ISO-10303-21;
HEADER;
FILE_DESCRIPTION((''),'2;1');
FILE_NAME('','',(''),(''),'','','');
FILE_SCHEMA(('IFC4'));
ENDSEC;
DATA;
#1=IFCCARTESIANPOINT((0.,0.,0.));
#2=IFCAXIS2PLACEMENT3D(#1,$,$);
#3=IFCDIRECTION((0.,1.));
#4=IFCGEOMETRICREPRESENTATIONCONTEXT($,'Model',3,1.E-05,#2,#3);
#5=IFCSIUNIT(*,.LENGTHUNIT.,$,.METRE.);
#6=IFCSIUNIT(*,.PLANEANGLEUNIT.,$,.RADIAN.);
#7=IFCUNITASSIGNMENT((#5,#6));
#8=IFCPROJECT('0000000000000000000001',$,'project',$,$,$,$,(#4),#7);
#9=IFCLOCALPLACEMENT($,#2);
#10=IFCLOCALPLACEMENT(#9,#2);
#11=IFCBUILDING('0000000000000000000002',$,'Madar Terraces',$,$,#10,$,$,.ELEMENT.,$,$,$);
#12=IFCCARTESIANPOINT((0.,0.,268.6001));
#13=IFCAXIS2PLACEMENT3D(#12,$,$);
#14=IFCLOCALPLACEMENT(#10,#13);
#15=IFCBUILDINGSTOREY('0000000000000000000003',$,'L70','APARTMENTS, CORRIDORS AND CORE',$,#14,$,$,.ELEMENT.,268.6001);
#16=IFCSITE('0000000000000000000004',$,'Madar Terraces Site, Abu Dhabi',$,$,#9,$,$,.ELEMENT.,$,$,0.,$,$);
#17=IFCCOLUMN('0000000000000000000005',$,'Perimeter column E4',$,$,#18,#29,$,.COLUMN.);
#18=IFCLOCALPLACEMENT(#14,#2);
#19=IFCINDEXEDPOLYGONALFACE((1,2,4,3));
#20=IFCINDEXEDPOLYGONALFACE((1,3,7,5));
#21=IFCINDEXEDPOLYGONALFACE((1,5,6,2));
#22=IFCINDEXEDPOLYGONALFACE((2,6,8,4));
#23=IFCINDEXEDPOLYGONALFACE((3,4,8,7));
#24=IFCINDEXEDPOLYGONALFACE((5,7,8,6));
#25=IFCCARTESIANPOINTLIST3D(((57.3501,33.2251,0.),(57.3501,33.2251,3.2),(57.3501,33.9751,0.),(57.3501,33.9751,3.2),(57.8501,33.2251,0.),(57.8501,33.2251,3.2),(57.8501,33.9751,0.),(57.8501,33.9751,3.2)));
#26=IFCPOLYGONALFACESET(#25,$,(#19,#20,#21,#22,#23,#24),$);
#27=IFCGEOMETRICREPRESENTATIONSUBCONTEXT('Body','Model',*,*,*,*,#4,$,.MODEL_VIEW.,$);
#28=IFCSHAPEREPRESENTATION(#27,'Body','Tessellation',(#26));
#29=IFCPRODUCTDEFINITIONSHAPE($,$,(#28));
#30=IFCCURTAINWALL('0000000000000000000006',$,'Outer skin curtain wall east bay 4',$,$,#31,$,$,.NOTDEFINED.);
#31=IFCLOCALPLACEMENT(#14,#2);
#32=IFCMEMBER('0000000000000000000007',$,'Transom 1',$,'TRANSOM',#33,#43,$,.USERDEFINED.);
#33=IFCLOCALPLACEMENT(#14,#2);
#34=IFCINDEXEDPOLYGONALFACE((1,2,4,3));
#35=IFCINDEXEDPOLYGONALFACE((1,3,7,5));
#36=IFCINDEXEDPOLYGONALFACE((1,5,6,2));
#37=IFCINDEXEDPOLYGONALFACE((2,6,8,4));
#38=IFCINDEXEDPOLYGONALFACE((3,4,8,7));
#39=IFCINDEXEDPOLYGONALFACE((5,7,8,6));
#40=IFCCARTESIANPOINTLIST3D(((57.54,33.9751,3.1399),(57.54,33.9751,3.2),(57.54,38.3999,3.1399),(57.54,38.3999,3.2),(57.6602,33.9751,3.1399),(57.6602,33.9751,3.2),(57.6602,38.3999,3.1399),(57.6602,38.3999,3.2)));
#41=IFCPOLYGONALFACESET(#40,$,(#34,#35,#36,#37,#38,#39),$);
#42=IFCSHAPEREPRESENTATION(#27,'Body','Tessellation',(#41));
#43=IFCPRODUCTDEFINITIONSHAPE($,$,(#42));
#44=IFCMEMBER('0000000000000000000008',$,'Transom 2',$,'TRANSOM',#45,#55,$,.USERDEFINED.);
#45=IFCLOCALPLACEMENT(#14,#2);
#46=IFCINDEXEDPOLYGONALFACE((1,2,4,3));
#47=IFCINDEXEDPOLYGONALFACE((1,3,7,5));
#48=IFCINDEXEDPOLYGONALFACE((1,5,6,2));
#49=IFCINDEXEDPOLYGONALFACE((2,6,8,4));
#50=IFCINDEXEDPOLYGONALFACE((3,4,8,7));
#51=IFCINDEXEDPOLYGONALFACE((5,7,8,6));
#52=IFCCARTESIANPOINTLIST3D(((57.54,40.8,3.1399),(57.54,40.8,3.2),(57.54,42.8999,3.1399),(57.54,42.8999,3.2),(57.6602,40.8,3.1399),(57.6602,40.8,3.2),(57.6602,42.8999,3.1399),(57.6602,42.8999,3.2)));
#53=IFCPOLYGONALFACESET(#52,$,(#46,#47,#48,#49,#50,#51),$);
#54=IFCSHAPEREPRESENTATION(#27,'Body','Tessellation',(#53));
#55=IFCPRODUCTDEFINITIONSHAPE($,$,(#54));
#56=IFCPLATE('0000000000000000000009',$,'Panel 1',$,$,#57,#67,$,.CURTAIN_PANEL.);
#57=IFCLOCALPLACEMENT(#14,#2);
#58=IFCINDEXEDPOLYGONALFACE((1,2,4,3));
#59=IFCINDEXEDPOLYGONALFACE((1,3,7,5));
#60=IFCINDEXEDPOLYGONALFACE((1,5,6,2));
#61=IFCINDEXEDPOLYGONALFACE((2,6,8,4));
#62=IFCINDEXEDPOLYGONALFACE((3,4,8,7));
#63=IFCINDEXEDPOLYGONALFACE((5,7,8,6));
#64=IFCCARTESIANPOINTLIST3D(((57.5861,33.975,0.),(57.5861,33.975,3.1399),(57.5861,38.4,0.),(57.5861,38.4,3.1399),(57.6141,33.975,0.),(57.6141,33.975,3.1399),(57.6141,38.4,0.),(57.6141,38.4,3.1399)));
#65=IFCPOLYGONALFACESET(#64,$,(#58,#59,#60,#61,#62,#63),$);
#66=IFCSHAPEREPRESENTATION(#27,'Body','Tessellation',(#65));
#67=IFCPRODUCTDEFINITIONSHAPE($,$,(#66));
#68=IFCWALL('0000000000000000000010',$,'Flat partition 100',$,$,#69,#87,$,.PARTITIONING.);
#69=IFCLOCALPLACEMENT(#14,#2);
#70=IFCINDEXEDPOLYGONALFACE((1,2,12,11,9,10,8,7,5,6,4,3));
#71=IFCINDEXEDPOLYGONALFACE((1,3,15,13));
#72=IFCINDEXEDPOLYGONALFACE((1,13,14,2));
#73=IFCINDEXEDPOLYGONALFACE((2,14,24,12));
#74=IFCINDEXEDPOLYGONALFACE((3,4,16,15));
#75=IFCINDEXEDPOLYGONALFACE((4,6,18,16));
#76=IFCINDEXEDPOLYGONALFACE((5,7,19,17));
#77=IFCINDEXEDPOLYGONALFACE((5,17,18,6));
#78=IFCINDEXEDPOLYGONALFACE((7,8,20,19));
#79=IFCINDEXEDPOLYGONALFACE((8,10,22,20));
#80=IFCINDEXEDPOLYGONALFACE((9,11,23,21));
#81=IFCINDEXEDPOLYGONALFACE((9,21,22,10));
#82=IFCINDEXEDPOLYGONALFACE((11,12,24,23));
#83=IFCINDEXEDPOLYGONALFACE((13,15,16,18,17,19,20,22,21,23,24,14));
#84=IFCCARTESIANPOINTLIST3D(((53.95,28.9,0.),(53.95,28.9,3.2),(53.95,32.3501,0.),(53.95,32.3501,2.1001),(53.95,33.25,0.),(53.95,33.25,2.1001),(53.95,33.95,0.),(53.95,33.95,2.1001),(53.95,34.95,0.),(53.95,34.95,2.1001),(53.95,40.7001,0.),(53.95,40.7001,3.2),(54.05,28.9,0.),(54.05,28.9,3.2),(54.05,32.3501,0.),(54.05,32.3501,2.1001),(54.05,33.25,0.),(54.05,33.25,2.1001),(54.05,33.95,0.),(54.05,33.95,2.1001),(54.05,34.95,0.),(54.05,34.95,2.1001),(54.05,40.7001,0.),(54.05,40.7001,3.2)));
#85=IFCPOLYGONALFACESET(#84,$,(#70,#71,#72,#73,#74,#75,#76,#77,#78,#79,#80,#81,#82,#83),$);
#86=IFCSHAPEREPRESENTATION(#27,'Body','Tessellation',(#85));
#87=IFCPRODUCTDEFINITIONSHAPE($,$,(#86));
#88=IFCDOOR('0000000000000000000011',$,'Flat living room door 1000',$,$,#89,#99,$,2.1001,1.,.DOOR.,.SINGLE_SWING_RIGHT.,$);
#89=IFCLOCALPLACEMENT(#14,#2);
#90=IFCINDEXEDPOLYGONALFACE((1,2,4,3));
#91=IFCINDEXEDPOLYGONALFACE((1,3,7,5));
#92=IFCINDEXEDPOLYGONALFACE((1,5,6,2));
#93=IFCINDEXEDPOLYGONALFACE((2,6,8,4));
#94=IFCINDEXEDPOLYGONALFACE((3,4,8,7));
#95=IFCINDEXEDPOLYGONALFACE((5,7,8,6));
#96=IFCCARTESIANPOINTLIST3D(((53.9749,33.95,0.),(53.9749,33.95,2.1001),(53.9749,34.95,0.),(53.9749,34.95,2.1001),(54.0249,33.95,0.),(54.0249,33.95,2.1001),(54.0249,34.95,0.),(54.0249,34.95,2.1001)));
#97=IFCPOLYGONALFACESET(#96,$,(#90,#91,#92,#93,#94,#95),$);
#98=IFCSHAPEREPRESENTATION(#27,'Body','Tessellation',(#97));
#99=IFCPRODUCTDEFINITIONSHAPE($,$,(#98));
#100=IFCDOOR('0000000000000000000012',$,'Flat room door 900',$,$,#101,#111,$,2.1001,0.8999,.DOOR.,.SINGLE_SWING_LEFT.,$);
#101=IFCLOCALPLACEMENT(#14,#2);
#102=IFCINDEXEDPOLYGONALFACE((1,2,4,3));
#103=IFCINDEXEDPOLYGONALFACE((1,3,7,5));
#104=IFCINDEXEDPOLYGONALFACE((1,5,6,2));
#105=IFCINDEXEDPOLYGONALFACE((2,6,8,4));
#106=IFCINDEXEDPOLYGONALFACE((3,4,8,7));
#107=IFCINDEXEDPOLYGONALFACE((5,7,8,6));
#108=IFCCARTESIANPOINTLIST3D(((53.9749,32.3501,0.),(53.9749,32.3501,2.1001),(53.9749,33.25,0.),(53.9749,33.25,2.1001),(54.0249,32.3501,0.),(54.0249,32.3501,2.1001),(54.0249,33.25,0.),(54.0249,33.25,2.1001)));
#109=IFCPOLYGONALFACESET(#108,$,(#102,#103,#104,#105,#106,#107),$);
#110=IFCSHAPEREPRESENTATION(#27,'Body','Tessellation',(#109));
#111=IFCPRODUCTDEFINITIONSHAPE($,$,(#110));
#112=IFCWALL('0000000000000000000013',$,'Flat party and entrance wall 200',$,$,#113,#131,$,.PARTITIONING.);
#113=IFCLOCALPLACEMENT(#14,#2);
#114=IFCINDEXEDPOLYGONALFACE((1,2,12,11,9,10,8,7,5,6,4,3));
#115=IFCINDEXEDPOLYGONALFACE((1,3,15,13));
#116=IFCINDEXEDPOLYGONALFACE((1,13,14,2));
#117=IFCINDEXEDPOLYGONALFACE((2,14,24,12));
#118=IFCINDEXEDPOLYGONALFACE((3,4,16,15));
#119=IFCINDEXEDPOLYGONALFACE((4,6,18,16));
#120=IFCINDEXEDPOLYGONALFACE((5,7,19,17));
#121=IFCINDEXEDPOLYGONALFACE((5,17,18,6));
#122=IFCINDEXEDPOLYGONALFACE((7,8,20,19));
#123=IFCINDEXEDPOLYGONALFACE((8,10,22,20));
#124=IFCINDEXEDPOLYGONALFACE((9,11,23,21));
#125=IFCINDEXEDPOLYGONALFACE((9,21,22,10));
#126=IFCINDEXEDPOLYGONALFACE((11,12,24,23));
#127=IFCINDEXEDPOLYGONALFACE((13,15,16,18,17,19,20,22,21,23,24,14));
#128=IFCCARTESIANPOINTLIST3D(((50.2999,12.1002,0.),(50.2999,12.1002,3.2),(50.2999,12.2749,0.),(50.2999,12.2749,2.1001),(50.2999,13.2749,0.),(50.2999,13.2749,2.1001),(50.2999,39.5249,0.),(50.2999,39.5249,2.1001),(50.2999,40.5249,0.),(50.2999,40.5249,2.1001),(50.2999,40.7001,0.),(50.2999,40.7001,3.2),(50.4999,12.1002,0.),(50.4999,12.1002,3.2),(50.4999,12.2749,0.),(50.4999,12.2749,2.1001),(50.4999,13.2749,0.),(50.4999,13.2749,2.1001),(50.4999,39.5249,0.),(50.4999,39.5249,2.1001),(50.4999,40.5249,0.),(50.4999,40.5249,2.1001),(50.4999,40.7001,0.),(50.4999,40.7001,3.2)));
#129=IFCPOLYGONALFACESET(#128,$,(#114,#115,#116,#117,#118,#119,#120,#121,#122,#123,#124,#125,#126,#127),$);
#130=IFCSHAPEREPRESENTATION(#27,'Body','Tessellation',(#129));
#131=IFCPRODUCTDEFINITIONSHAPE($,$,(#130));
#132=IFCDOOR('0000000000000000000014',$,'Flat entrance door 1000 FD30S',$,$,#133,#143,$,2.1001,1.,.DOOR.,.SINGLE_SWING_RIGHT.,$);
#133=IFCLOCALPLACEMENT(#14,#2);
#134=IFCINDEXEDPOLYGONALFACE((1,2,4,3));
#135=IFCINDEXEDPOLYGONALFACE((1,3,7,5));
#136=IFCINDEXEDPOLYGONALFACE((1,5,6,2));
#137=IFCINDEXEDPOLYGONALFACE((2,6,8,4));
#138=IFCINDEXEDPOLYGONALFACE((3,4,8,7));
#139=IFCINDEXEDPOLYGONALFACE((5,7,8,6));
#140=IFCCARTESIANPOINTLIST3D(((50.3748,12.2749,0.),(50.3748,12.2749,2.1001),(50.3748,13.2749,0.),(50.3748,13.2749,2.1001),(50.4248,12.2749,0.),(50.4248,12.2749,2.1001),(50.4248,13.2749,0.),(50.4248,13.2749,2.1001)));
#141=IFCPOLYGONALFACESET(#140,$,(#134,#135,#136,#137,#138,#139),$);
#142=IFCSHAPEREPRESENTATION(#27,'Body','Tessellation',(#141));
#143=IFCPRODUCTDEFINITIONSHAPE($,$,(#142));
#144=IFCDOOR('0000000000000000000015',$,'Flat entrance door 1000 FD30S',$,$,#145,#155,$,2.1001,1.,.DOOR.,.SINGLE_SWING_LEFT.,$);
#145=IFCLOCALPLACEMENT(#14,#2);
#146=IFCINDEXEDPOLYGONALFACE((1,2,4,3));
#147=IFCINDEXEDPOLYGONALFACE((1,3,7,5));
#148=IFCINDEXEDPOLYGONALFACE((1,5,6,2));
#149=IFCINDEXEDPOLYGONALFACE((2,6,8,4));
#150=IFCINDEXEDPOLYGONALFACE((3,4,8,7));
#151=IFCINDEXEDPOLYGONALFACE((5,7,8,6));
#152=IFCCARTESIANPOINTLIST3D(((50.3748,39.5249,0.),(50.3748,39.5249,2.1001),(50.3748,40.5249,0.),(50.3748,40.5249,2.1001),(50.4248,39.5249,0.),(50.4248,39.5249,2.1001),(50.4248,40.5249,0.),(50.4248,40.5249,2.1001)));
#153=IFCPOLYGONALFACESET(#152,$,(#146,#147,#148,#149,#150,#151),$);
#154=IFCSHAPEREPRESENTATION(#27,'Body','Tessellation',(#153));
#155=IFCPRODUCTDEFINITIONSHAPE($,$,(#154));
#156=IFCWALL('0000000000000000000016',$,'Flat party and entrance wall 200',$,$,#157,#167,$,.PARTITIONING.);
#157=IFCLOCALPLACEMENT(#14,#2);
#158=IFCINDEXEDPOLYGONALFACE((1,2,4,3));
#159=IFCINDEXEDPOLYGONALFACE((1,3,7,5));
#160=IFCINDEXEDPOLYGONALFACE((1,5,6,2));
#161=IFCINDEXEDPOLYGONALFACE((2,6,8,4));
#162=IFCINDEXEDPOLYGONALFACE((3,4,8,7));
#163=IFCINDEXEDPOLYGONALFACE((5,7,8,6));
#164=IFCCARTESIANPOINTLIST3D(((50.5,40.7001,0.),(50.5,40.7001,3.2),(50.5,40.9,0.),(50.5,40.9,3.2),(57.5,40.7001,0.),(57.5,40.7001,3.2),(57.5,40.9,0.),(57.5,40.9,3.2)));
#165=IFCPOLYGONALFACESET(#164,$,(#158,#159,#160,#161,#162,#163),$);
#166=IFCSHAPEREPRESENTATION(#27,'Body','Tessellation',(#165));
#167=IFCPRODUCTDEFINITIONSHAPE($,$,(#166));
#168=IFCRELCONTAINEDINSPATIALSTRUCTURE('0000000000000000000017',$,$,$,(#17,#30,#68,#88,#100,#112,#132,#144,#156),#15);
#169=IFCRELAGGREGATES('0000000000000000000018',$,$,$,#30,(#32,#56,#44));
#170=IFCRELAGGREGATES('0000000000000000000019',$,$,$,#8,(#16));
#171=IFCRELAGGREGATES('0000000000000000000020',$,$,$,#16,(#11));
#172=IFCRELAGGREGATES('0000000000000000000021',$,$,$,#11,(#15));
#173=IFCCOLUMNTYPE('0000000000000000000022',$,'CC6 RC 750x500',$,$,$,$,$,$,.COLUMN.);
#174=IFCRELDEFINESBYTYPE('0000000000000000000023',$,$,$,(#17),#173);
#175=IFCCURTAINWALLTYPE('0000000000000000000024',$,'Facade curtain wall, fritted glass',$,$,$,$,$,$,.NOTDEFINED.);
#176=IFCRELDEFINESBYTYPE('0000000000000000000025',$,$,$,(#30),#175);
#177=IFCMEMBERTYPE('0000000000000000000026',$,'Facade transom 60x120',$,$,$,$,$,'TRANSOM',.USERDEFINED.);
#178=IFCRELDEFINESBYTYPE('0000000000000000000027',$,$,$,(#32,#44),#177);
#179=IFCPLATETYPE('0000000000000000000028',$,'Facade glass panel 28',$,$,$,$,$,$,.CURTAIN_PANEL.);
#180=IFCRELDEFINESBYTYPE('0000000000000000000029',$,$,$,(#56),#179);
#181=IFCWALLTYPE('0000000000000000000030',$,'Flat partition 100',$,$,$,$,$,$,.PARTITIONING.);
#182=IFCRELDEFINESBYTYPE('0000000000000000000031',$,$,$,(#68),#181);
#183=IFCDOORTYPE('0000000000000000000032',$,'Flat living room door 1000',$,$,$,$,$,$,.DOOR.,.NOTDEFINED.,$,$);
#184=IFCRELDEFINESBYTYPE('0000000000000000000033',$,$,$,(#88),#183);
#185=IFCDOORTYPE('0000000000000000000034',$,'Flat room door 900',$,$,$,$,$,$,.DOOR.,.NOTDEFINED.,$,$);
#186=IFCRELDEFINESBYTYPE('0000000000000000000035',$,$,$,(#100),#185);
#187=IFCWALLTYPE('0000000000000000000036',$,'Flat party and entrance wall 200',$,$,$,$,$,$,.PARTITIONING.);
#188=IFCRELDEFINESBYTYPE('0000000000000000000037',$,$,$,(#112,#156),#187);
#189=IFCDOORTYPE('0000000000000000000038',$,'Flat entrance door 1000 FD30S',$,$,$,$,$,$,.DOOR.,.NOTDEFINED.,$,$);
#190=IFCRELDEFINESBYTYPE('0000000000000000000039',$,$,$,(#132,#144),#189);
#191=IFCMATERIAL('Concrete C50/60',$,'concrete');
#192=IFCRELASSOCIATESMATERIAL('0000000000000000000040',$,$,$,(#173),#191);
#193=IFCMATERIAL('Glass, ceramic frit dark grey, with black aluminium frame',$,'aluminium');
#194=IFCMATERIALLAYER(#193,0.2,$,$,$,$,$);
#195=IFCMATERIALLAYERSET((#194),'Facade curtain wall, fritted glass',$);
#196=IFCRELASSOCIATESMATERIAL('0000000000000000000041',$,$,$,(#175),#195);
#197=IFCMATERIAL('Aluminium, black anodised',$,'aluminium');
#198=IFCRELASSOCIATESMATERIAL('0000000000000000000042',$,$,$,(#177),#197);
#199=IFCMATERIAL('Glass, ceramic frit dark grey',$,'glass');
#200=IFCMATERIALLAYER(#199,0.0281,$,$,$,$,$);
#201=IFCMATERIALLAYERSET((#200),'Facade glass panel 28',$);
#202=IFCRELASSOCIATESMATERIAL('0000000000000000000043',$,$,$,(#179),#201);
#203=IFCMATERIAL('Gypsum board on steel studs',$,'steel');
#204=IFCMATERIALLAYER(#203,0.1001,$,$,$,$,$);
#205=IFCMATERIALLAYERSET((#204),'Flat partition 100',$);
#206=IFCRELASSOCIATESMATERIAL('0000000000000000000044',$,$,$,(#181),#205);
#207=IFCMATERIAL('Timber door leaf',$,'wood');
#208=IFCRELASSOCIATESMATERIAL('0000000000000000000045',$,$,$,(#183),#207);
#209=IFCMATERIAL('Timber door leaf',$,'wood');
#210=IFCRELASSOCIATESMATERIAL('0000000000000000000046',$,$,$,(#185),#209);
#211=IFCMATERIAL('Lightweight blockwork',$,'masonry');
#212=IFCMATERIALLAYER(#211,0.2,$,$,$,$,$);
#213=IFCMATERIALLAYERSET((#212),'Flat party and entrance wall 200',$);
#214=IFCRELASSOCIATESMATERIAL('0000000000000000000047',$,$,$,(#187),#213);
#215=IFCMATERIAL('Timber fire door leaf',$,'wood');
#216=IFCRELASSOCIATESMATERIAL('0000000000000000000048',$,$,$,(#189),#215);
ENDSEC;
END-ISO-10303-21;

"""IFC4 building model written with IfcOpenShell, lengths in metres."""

from ifc_helpers import new_model, si_unit, direction, frame, frame_2d, origin, origin_2d, place, context, subcontext, project, spatial, rectangle, extrude, material, layer, layer_set, material_profile, profile_set, type_object, element, fill, aggregate, save


model = new_model("IFC4")

# Units and contexts
model_context = context("Model", 3, precision=1e-05, world=origin(), true_north=direction((0.0, 1.0)))
body_context = subcontext(model_context, "Body", "Model", "MODEL_VIEW")
ifc_project = project(units=[si_unit("LENGTHUNIT", "METRE"), si_unit("PLANEANGLEUNIT", "RADIAN")], contexts=[model_context])

# Site, building, storey
site_placement = place(None, origin())
site = spatial("IfcSite", under=ifc_project, at=site_placement, Name="Madar Terraces Site, Abu Dhabi", CompositionType="ELEMENT", RefElevation=0.0)
building_placement = place(site_placement, origin())
building = spatial("IfcBuilding", under=site, at=building_placement, Name="Madar Terraces", CompositionType="ELEMENT")
storey_placement = place(building_placement, frame((0.0, 0.0, 268.6001)))
storey = spatial("IfcBuildingStorey", under=building, at=storey_placement, Name="L70", Description="APARTMENTS, CORRIDORS AND CORE", CompositionType="ELEMENT", Elevation=268.6001)

# Column
ifc_material_1 = material(Name="Concrete C50/60", Category="concrete")
ifc_material_profile_1 = material_profile(ifc_material_1, rectangle(XDim=0.75, YDim=0.5, at=origin_2d()), Name="CC6 RC 750x500")
ifc_profile_set_1 = profile_set([ifc_material_profile_1], Name="Concrete C50/60")
column_type = type_object("IfcColumnType", Name="CC6 RC 750x500", PredefinedType="COLUMN", material=ifc_profile_set_1)
column_placement = place(storey_placement, frame((57.6001, 33.6001, 0.0), z_axis=(0.0, 0.0, 1.0), x_axis=(0.0, 1.0, 0.0)))
element("IfcColumn", 1, at=column_placement, inside=storey, type_object=column_type, Name="Perimeter column E4", PredefinedType="COLUMN", context=body_context, shape_type="SweptSolid", body=[
    extrude(rectangle(XDim=0.75, YDim=0.5, at=origin_2d()), origin(), (0.0, 0.0, 1.0), 3.2),
])

# Curtain wall, members, plate
ifc_material_2 = material(Name="Glass, ceramic frit dark grey, with black aluminium frame", Category="aluminium")
ifc_layer_1 = layer(ifc_material_2, 0.2)
ifc_layer_set_1 = layer_set([ifc_layer_1], Name="Facade curtain wall, fritted glass")
curtain_wall_type = type_object("IfcCurtainWallType", Name="Facade curtain wall, fritted glass", PredefinedType="NOTDEFINED", material=ifc_layer_set_1)
curtain_wall_placement = place(storey_placement, origin())
curtain_wall = element("IfcCurtainWall", 2, at=curtain_wall_placement, inside=storey, type_object=curtain_wall_type, Name="Outer skin curtain wall east bay 4", PredefinedType="NOTDEFINED")
ifc_material_3 = material(Name="Aluminium, black anodised", Category="aluminium")
ifc_material_profile_2 = material_profile(ifc_material_3, rectangle(XDim=0.1201, YDim=0.0601, at=origin_2d()), Name="Facade transom 60x120")
ifc_profile_set_2 = profile_set([ifc_material_profile_2], Name="Aluminium, black anodised")
member_type = type_object("IfcMemberType", Name="Facade transom 60x120", ElementType="TRANSOM", PredefinedType="USERDEFINED", material=ifc_profile_set_2)
member_1_placement = place(storey_placement, frame((57.6001, 33.9751, 3.1699), z_axis=(0.0, 1.0, 0.0), x_axis=(-1.0, 0.0, 0.0)))
member_1 = element("IfcMember", 3, at=member_1_placement, type_object=member_type, Name="Transom 1", ObjectType="TRANSOM", PredefinedType="USERDEFINED", context=body_context, shape_type="SweptSolid", body=[
    extrude(rectangle(XDim=0.1201, YDim=0.0601, at=origin_2d()), origin(), (0.0, 0.0, 1.0), 4.4248),
])
member_2_placement = place(storey_placement, frame((57.6001, 40.8, 3.1699), z_axis=(0.0, 1.0, 0.0), x_axis=(-1.0, 0.0, 0.0)))
member_2 = element("IfcMember", 4, at=member_2_placement, type_object=member_type, Name="Transom 2", ObjectType="TRANSOM", PredefinedType="USERDEFINED", context=body_context, shape_type="SweptSolid", body=[
    extrude(rectangle(XDim=0.1201, YDim=0.0601, at=origin_2d()), origin(), (0.0, 0.0, 1.0), 2.0999),
])
ifc_material_4 = material(Name="Glass, ceramic frit dark grey", Category="glass")
ifc_layer_2 = layer(ifc_material_4, 0.0281)
ifc_layer_set_2 = layer_set([ifc_layer_2], Name="Facade glass panel 28")
plate_type = type_object("IfcPlateType", Name="Facade glass panel 28", PredefinedType="CURTAIN_PANEL", material=ifc_layer_set_2)
plate_placement = place(storey_placement, frame((57.6001, 36.1875, 0.0), z_axis=(0.0, 0.0, 1.0), x_axis=(0.0, 1.0, 0.0)))
plate = element("IfcPlate", 5, at=plate_placement, type_object=plate_type, Name="Panel 1", PredefinedType="CURTAIN_PANEL", context=body_context, shape_type="SweptSolid", body=[
    extrude(rectangle(XDim=4.425, YDim=0.0281, at=origin_2d()), origin(), (0.0, 0.0, 1.0), 3.1399),
])
aggregate(curtain_wall, [member_1, plate, member_2])

# Walls, openings, doors
ifc_material_5 = material(Name="Gypsum board on steel studs", Category="steel")
ifc_layer_3 = layer(ifc_material_5, 0.1001)
ifc_layer_set_3 = layer_set([ifc_layer_3], Name="Flat partition 100")
wall_type_1 = type_object("IfcWallType", Name="Flat partition 100", PredefinedType="PARTITIONING", material=ifc_layer_set_3)
wall_1_placement = place(storey_placement, frame((54.0, 40.7, 0.0), z_axis=(0.0, 0.0, 1.0), x_axis=(0.0, -1.0, 0.0)))
wall_1 = element("IfcWall", 6, at=wall_1_placement, inside=storey, type_object=wall_type_1, Name="Flat partition 100", PredefinedType="PARTITIONING", context=body_context, shape_type="SweptSolid", body=[
    extrude(rectangle(XDim=11.8, YDim=0.1001, at=frame_2d((5.8999, 0.0))), origin(), (0.0, 0.0, 1.0), 3.2),
])
opening_1_placement = place(wall_1_placement, frame((5.75, 0.0, 0.0)))
opening_1 = element("IfcOpeningElement", 7, at=opening_1_placement, cuts=wall_1, PredefinedType="OPENING", context=body_context, shape_type="SweptSolid", body=[
    extrude(rectangle(XDim=1.0, YDim=2.1001, at=frame_2d((0.5, 1.05))), frame((0.0, 0.0601, 0.0), z_axis=(0.0, -1.0, 0.0), x_axis=(1.0, 0.0, 0.0)), (0.0, 0.0, 1.0), 0.1201),
])
opening_2_placement = place(wall_1_placement, frame((7.45, 0.0, 0.0)))
opening_2 = element("IfcOpeningElement", 8, at=opening_2_placement, cuts=wall_1, PredefinedType="OPENING", context=body_context, shape_type="SweptSolid", body=[
    extrude(rectangle(XDim=0.8999, YDim=2.1001, at=frame_2d((0.45, 1.05))), frame((0.0, 0.0601, 0.0), z_axis=(0.0, -1.0, 0.0), x_axis=(1.0, 0.0, 0.0)), (0.0, 0.0, 1.0), 0.1201),
])
ifc_material_6 = material(Name="Timber door leaf", Category="wood")
door_type_1 = type_object("IfcDoorType", Name="Flat living room door 1000", OperationType="NOTDEFINED", PredefinedType="DOOR", material=ifc_material_6)
door_1_placement = place(opening_1_placement, origin())
door_1 = element("IfcDoor", 9, at=door_1_placement, inside=storey, type_object=door_type_1, Name="Flat living room door 1000", OperationType="SINGLE_SWING_RIGHT", OverallHeight=2.1001, OverallWidth=1.0, PredefinedType="DOOR", context=body_context, shape_type="SweptSolid", body=[
    extrude(rectangle(XDim=1.0, YDim=2.1001, at=frame_2d((0.5, 1.05))), frame((0.0, 0.0249, 0.0), z_axis=(0.0, -1.0, 0.0), x_axis=(1.0, 0.0, 0.0)), (0.0, 0.0, 1.0), 0.05),
])
fill(opening_1, door_1)
ifc_material_7 = material(Name="Timber door leaf", Category="wood")
door_type_2 = type_object("IfcDoorType", Name="Flat room door 900", OperationType="NOTDEFINED", PredefinedType="DOOR", material=ifc_material_7)
door_2_placement = place(opening_2_placement, origin())
door_2 = element("IfcDoor", 10, at=door_2_placement, inside=storey, type_object=door_type_2, Name="Flat room door 900", OperationType="SINGLE_SWING_LEFT", OverallHeight=2.1001, OverallWidth=0.8999, PredefinedType="DOOR", context=body_context, shape_type="SweptSolid", body=[
    extrude(rectangle(XDim=0.8999, YDim=2.1001, at=frame_2d((0.45, 1.05))), frame((0.0, 0.0249, 0.0), z_axis=(0.0, -1.0, 0.0), x_axis=(1.0, 0.0, 0.0)), (0.0, 0.0, 1.0), 0.05),
])
fill(opening_2, door_2)
ifc_material_8 = material(Name="Lightweight blockwork", Category="masonry")
ifc_layer_4 = layer(ifc_material_8, 0.2)
ifc_layer_set_4 = layer_set([ifc_layer_4], Name="Flat party and entrance wall 200")
wall_type_2 = type_object("IfcWallType", Name="Flat party and entrance wall 200", PredefinedType="PARTITIONING", material=ifc_layer_set_4)
wall_2_placement = place(storey_placement, frame((50.3999, 40.7, 0.0), z_axis=(0.0, 0.0, 1.0), x_axis=(0.0, -1.0, 0.0)))
wall_2 = element("IfcWall", 11, at=wall_2_placement, inside=storey, type_object=wall_type_2, Name="Flat party and entrance wall 200", PredefinedType="PARTITIONING", context=body_context, shape_type="SweptSolid", body=[
    extrude(rectangle(XDim=28.5999, YDim=0.2, at=frame_2d((14.2998, 0.0))), origin(), (0.0, 0.0, 1.0), 3.2),
])
opening_3_placement = place(wall_2_placement, frame((27.425, 0.0, 0.0)))
opening_3 = element("IfcOpeningElement", 12, at=opening_3_placement, cuts=wall_2, PredefinedType="OPENING", context=body_context, shape_type="SweptSolid", body=[
    extrude(rectangle(XDim=1.0, YDim=2.1001, at=frame_2d((0.5, 1.05))), frame((0.0, 0.1099, 0.0), z_axis=(0.0, -1.0, 0.0), x_axis=(1.0, 0.0, 0.0)), (0.0, 0.0, 1.0), 0.22),
])
opening_4_placement = place(wall_2_placement, frame((0.175, 0.0, 0.0)))
opening_4 = element("IfcOpeningElement", 13, at=opening_4_placement, cuts=wall_2, PredefinedType="OPENING", context=body_context, shape_type="SweptSolid", body=[
    extrude(rectangle(XDim=1.0, YDim=2.1001, at=frame_2d((0.5, 1.05))), frame((0.0, 0.1099, 0.0), z_axis=(0.0, -1.0, 0.0), x_axis=(1.0, 0.0, 0.0)), (0.0, 0.0, 1.0), 0.22),
])
ifc_material_9 = material(Name="Timber fire door leaf", Category="wood")
door_type_3 = type_object("IfcDoorType", Name="Flat entrance door 1000 FD30S", OperationType="NOTDEFINED", PredefinedType="DOOR", material=ifc_material_9)
door_3_placement = place(opening_3_placement, origin())
door_3 = element("IfcDoor", 14, at=door_3_placement, inside=storey, type_object=door_type_3, Name="Flat entrance door 1000 FD30S", OperationType="SINGLE_SWING_RIGHT", OverallHeight=2.1001, OverallWidth=1.0, PredefinedType="DOOR", context=body_context, shape_type="SweptSolid", body=[
    extrude(rectangle(XDim=1.0, YDim=2.1001, at=frame_2d((0.5, 1.05))), frame((0.0, 0.0249, 0.0), z_axis=(0.0, -1.0, 0.0), x_axis=(1.0, 0.0, 0.0)), (0.0, 0.0, 1.0), 0.05),
])
fill(opening_3, door_3)
door_4_placement = place(opening_4_placement, origin())
door_4 = element("IfcDoor", 15, at=door_4_placement, inside=storey, type_object=door_type_3, Name="Flat entrance door 1000 FD30S", OperationType="SINGLE_SWING_LEFT", OverallHeight=2.1001, OverallWidth=1.0, PredefinedType="DOOR", context=body_context, shape_type="SweptSolid", body=[
    extrude(rectangle(XDim=1.0, YDim=2.1001, at=frame_2d((0.5, 1.05))), frame((0.0, 0.0249, 0.0), z_axis=(0.0, -1.0, 0.0), x_axis=(1.0, 0.0, 0.0)), (0.0, 0.0, 1.0), 0.05),
])
fill(opening_4, door_4)

# Wall
wall_3_placement = place(storey_placement, frame((50.5, 40.8, 0.0), z_axis=(0.0, 0.0, 1.0), x_axis=(1.0, 0.0, 0.0)))
element("IfcWall", 16, at=wall_3_placement, inside=storey, type_object=wall_type_2, Name="Flat party and entrance wall 200", PredefinedType="PARTITIONING", context=body_context, shape_type="SweptSolid", body=[
    extrude(rectangle(XDim=7.0, YDim=0.2, at=frame_2d((3.5, 0.0))), origin(), (0.0, 0.0, 1.0), 3.2),
])

save(model, "model.ifc")
